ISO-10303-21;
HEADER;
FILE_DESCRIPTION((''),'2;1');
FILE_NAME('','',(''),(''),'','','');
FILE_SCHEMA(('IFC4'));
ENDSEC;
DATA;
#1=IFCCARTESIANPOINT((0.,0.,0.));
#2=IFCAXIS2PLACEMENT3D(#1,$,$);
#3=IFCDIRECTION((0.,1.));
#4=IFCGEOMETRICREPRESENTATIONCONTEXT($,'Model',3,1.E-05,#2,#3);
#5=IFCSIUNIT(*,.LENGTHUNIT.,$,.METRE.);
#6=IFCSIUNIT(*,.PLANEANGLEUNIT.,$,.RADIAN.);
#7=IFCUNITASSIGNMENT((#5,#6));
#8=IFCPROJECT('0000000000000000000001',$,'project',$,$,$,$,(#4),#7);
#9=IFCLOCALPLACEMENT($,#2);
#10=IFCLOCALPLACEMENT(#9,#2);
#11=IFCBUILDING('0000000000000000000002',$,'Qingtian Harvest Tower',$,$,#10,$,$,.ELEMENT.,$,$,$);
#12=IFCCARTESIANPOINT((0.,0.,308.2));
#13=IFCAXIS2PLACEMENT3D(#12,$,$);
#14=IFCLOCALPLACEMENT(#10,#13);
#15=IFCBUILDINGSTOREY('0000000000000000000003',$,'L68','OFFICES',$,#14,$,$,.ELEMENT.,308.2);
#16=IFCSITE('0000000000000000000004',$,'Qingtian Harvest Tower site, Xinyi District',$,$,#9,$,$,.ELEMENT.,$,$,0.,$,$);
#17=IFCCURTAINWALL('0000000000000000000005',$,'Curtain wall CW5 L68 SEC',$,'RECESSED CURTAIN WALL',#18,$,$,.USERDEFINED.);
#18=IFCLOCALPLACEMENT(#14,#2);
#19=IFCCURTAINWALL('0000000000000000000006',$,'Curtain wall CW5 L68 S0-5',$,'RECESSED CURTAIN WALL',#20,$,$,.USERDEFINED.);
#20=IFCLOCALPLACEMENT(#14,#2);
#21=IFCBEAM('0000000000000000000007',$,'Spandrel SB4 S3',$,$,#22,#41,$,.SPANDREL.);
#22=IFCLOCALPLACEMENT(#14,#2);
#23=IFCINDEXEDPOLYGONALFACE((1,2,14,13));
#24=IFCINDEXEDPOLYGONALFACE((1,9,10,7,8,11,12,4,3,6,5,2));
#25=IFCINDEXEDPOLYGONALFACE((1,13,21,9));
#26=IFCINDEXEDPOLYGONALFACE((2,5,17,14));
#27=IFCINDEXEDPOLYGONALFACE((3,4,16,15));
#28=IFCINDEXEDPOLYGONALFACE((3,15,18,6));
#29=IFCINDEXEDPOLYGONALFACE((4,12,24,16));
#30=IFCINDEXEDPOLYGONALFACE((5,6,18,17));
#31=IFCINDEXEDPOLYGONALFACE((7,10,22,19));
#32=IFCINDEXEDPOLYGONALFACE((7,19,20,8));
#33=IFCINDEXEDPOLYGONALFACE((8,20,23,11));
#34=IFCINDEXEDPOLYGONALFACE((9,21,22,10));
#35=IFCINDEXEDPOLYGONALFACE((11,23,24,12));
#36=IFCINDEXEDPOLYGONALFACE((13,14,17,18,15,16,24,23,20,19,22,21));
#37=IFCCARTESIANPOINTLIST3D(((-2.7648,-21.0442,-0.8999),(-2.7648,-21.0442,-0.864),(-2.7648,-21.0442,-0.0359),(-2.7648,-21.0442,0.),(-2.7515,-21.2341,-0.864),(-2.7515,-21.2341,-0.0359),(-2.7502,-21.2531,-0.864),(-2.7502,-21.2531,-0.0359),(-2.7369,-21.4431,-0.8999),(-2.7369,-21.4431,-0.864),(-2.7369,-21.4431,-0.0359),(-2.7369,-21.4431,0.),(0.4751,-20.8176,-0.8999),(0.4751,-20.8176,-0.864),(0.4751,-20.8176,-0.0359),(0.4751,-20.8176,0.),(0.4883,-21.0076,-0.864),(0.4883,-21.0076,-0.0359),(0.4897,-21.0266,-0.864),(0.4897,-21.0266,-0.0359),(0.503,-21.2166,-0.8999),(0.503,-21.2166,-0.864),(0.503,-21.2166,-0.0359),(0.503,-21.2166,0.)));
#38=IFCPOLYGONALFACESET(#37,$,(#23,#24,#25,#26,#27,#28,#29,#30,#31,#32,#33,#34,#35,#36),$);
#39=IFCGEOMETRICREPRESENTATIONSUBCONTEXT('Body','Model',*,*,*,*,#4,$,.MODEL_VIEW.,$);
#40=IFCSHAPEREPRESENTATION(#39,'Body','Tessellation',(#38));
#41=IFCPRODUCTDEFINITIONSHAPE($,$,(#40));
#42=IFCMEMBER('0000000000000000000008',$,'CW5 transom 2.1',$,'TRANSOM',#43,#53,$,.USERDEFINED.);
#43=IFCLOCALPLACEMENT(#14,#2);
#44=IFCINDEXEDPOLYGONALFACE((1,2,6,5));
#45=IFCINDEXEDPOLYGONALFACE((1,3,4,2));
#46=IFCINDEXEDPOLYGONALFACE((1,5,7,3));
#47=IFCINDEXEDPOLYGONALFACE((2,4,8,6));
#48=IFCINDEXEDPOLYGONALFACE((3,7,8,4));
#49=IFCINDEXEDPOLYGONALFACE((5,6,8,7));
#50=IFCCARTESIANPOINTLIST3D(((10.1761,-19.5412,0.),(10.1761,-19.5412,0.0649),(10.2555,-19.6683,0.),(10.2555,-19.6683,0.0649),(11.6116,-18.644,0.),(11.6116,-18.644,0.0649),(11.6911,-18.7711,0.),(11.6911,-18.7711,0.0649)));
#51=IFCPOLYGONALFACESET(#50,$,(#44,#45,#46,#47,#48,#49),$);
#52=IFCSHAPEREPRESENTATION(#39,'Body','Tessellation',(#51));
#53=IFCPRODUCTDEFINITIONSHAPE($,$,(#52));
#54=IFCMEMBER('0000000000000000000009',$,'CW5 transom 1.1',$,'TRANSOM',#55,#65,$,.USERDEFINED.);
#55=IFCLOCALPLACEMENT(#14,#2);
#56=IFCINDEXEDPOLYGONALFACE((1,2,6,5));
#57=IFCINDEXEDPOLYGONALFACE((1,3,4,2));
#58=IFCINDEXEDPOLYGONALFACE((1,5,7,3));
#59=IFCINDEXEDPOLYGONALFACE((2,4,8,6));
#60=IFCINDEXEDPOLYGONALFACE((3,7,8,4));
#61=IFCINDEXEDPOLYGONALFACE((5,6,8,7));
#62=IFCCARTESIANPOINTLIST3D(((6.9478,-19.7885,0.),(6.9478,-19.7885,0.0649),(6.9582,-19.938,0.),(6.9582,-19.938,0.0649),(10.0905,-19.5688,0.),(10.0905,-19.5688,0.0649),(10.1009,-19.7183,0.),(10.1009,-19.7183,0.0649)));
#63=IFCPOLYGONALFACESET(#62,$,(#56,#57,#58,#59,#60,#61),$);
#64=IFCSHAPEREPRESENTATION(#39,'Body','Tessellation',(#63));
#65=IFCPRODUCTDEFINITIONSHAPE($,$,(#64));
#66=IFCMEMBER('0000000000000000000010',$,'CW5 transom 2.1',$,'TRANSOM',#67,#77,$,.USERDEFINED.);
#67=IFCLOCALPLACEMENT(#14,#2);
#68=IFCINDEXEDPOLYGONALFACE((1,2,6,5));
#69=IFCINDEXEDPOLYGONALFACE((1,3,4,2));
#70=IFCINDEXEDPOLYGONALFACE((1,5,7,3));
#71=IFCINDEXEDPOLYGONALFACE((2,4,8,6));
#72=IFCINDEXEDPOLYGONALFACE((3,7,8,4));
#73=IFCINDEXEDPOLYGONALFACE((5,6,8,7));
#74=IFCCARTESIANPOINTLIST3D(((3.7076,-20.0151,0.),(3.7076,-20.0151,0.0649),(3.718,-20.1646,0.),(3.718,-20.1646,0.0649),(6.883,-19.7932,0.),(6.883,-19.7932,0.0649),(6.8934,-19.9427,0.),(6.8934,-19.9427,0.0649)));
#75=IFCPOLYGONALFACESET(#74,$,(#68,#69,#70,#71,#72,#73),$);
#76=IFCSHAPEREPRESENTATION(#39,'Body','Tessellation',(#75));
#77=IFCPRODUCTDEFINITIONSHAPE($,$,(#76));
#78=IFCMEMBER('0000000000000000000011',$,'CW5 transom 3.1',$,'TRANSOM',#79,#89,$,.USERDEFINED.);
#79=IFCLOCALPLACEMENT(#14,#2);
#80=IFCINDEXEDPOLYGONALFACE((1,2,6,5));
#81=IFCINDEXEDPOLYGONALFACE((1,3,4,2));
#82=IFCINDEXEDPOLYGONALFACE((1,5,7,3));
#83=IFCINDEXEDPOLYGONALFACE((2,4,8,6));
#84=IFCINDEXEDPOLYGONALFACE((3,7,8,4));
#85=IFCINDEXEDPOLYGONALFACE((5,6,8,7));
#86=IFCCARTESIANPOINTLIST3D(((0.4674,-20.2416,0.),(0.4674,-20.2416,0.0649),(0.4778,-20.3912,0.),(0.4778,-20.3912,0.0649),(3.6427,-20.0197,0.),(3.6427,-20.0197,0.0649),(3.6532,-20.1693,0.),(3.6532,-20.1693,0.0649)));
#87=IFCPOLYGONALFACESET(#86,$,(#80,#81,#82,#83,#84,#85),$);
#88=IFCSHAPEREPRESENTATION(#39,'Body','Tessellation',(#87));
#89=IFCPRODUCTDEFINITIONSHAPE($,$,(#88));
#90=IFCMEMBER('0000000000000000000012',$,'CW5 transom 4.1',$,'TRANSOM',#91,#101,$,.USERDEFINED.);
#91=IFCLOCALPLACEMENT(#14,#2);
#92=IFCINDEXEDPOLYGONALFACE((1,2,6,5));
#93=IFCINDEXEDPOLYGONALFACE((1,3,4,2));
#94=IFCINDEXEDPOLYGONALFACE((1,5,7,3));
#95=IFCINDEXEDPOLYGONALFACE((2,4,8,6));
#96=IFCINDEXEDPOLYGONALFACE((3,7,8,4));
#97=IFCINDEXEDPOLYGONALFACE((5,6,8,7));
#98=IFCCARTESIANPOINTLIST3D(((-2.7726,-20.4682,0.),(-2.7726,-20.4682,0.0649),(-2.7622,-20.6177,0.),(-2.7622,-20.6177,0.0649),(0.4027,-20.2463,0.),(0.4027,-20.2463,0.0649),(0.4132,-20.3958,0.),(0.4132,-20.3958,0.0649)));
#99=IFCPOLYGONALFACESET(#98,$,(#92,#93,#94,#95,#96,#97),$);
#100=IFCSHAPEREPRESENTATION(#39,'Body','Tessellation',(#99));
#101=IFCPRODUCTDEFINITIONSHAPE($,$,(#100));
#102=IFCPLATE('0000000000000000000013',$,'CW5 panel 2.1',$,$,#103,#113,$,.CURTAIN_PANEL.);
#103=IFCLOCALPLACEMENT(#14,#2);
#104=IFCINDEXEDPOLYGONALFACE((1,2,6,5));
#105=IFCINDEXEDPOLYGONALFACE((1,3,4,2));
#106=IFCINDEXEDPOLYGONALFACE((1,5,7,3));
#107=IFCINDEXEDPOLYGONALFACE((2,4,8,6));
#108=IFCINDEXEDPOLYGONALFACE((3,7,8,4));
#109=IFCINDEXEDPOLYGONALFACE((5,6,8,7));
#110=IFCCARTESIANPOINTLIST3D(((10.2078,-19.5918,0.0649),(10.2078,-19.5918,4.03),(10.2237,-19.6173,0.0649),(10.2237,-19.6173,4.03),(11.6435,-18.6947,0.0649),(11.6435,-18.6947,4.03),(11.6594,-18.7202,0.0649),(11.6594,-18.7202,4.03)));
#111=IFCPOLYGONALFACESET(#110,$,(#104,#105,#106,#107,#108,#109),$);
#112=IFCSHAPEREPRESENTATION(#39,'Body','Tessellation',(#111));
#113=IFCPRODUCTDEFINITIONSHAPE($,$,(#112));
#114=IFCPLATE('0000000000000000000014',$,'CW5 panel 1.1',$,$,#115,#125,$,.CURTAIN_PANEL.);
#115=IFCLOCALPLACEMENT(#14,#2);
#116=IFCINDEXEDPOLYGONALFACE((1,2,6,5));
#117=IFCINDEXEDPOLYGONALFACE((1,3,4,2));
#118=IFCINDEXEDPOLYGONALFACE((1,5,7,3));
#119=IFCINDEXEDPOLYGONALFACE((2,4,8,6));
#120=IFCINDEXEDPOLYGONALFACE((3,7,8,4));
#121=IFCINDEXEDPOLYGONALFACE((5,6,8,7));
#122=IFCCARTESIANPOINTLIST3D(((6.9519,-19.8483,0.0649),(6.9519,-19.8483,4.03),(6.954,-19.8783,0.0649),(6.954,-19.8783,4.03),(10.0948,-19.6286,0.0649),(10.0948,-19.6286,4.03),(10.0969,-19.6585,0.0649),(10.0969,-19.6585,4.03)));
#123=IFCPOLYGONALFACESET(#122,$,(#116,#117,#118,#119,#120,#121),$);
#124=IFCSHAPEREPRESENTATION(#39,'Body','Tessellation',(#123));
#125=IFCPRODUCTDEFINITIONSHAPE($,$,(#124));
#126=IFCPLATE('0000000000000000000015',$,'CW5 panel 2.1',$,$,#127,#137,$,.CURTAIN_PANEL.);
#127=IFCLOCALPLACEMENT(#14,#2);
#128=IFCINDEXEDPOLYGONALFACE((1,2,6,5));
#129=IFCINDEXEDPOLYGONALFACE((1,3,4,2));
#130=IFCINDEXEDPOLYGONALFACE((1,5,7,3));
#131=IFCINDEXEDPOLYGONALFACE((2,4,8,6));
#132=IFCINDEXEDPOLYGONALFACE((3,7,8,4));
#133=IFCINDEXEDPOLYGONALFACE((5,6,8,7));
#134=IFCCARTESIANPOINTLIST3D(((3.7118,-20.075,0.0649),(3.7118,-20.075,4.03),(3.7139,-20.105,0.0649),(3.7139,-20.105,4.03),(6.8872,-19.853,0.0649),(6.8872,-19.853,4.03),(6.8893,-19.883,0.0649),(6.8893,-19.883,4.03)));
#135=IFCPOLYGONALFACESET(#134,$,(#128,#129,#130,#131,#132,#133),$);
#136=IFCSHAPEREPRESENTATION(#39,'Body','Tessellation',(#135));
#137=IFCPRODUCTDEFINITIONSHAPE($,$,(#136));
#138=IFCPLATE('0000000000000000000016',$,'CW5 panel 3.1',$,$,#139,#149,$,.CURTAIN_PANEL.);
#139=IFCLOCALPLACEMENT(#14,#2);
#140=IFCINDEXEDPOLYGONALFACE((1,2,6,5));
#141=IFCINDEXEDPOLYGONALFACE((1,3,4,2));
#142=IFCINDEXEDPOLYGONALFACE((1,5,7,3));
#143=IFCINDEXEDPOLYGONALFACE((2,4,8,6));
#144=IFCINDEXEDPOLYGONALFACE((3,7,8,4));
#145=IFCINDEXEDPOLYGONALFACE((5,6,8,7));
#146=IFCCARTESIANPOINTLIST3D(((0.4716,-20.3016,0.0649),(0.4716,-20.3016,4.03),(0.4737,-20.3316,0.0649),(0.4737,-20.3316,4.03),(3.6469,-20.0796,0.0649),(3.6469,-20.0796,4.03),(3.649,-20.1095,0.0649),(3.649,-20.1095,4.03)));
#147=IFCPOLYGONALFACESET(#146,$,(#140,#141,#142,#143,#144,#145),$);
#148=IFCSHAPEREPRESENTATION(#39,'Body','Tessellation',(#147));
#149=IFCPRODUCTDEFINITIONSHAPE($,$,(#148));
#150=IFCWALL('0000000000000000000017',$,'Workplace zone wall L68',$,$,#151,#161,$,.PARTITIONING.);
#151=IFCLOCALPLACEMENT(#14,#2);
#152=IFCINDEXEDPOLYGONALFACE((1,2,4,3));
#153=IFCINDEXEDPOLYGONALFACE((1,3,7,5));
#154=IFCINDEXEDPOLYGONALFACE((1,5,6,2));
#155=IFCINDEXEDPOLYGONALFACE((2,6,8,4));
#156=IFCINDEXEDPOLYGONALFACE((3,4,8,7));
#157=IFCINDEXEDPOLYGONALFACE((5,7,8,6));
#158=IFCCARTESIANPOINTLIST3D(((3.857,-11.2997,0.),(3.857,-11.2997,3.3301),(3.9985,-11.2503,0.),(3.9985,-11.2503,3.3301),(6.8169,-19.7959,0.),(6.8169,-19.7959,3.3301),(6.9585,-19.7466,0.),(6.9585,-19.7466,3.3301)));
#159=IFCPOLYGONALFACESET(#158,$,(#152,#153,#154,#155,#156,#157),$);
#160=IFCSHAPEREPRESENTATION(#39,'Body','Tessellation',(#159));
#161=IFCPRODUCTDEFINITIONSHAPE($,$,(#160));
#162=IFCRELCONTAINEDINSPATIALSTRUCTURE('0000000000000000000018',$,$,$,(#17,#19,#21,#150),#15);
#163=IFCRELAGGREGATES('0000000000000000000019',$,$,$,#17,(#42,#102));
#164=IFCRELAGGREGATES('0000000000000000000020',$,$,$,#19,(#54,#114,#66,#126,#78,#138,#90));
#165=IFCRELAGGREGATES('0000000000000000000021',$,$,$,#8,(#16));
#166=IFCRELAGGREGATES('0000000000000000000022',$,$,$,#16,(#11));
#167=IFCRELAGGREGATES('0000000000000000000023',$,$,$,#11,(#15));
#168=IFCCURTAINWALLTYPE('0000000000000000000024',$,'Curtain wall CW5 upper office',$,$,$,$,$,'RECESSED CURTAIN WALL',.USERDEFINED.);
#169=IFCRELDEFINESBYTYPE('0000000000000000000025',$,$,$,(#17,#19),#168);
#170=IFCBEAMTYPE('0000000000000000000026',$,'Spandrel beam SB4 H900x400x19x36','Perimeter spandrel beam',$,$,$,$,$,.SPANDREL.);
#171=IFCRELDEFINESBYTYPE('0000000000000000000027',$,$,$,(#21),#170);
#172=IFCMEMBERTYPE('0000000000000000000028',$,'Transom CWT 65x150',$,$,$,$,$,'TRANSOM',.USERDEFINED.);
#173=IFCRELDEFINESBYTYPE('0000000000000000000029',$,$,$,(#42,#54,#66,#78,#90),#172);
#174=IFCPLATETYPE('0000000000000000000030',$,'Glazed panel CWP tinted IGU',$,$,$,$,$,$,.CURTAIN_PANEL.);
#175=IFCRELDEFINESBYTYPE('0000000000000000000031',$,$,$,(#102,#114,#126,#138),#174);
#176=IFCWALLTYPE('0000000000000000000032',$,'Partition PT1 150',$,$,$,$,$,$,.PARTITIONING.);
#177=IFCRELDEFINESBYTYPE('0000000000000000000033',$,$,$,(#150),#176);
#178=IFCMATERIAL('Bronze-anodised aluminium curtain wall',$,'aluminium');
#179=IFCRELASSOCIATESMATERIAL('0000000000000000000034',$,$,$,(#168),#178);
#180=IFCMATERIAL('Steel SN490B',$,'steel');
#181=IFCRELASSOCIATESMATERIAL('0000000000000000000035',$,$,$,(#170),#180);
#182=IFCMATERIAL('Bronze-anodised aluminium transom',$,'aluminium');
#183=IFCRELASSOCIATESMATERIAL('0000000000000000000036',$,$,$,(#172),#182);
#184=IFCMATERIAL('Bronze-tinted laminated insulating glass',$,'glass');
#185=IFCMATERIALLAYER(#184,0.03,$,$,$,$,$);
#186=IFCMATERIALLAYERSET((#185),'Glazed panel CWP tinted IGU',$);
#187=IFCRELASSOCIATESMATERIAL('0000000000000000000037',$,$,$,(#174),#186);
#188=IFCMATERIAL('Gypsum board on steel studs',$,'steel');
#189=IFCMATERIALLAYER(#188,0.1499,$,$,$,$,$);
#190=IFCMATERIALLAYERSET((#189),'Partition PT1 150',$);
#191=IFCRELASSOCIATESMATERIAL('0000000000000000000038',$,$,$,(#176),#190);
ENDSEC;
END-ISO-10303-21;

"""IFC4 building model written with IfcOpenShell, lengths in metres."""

from ifc_helpers import new_model, si_unit, direction, frame, frame_2d, origin, origin_2d, place, context, subcontext, project, spatial, rectangle, i_section, extrude, material, layer, layer_set, material_profile, profile_set, type_object, element, aggregate, save


model = new_model("IFC4")

# Units and contexts
model_context = context("Model", 3, precision=1e-05, world=origin(), true_north=direction((0.0, 1.0)))
body_context = subcontext(model_context, "Body", "Model", "MODEL_VIEW")
ifc_project = project(units=[si_unit("LENGTHUNIT", "METRE"), si_unit("PLANEANGLEUNIT", "RADIAN")], contexts=[model_context])

# Site, building, storey
site_placement = place(None, origin())
site = spatial("IfcSite", under=ifc_project, at=site_placement, Name="Qingtian Harvest Tower site, Xinyi District", CompositionType="ELEMENT", RefElevation=0.0)
building_placement = place(site_placement, origin())
building = spatial("IfcBuilding", under=site, at=building_placement, Name="Qingtian Harvest Tower", CompositionType="ELEMENT")
storey_placement = place(building_placement, frame((0.0, 0.0, 308.2)))
storey = spatial("IfcBuildingStorey", under=building, at=storey_placement, Name="L68", Description="OFFICES", CompositionType="ELEMENT", Elevation=308.2)

# Curtain wall
ifc_material_1 = material(Name="Bronze-anodised aluminium curtain wall", Category="aluminium")
curtain_wall_type = type_object("IfcCurtainWallType", Name="Curtain wall CW5 upper office", ElementType="RECESSED CURTAIN WALL", PredefinedType="USERDEFINED", material=ifc_material_1)
curtain_wall_1_placement = place(storey_placement, origin())
curtain_wall_1 = element("IfcCurtainWall", 1, at=curtain_wall_1_placement, inside=storey, type_object=curtain_wall_type, Name="Curtain wall CW5 L68 SEC", ObjectType="RECESSED CURTAIN WALL", PredefinedType="USERDEFINED")

# Curtain wall
curtain_wall_2_placement = place(storey_placement, origin())
curtain_wall_2 = element("IfcCurtainWall", 2, at=curtain_wall_2_placement, inside=storey, type_object=curtain_wall_type, Name="Curtain wall CW5 L68 S0-5", ObjectType="RECESSED CURTAIN WALL", PredefinedType="USERDEFINED")

# Beam
ifc_material_2 = material(Name="Steel SN490B", Category="steel")
ifc_material_profile_1 = material_profile(ifc_material_2, i_section(OverallWidth=0.3999, OverallDepth=0.8999, WebThickness=0.019, FlangeThickness=0.0359, at=origin_2d()), Name="H900x400x19x36")
ifc_profile_set_1 = profile_set([ifc_material_profile_1], Name="Steel SN490B")
beam_type_1 = type_object("IfcBeamType", Name="Spandrel beam SB4 H900x400x19x36", Description="Perimeter spandrel beam", PredefinedType="SPANDREL", material=ifc_profile_set_1)
beam_1_placement = place(storey_placement, frame((0.489, -21.0171, -0.45), z_axis=(-0.997564, -0.069757, 0.0), x_axis=(0.069757, -0.997564, 0.0)))
element("IfcBeam", 3, at=beam_1_placement, inside=storey, type_object=beam_type_1, Name="Spandrel SB4 S3", PredefinedType="SPANDREL", context=body_context, shape_type="SweptSolid", body=[
    extrude(i_section(OverallWidth=0.3999, OverallDepth=0.8999, WebThickness=0.019, FlangeThickness=0.0359, at=origin_2d()), origin(), (0.0, 0.0, 1.0), 3.2478),
])

# Members
ifc_material_3 = material(Name="Bronze-anodised aluminium transom", Category="aluminium")
ifc_material_profile_2 = material_profile(ifc_material_3, rectangle(XDim=0.1499, YDim=0.0649, at=origin_2d()), Name="AL 65x150")
ifc_profile_set_2 = profile_set([ifc_material_profile_2], Name="Bronze-anodised aluminium transom")
member_type_1 = type_object("IfcMemberType", Name="Transom CWT 65x150", ElementType="TRANSOM", PredefinedType="USERDEFINED", material=ifc_profile_set_2)
member_1_placement = place(storey_placement, frame((11.6514, -18.7075, 0.0325), z_axis=(-0.847998, -0.529999, 0.0), x_axis=(0.529999, -0.847998, 0.0)))
member_1 = element("IfcMember", 4, at=member_1_placement, type_object=member_type_1, Name="CW5 transom 2.1", ObjectType="TRANSOM", PredefinedType="USERDEFINED", context=body_context, shape_type="SweptSolid", body=[
    extrude(rectangle(XDim=0.1499, YDim=0.0649, at=origin_2d()), origin(), (0.0, 0.0, 1.0), 1.6929),
])
member_2_placement = place(storey_placement, frame((10.0957, -19.6436, 0.0325), z_axis=(-0.997565, -0.069744, 0.0), x_axis=(0.069744, -0.997565, 0.0)))
member_2 = element("IfcMember", 5, at=member_2_placement, type_object=member_type_1, Name="CW5 transom 1.1", ObjectType="TRANSOM", PredefinedType="USERDEFINED", context=body_context, shape_type="SweptSolid", body=[
    extrude(rectangle(XDim=0.1499, YDim=0.0649, at=origin_2d()), origin(), (0.0, 0.0, 1.0), 3.1504),
])
member_3_placement = place(storey_placement, frame((6.8882, -19.8679, 0.0325), z_axis=(-0.997567, -0.069721, 0.0), x_axis=(0.069721, -0.997567, 0.0)))
member_3 = element("IfcMember", 6, at=member_3_placement, type_object=member_type_1, Name="CW5 transom 2.1", ObjectType="TRANSOM", PredefinedType="USERDEFINED", context=body_context, shape_type="SweptSolid", body=[
    extrude(rectangle(XDim=0.1499, YDim=0.0649, at=origin_2d()), origin(), (0.0, 0.0, 1.0), 3.1831),
])
member_4_placement = place(storey_placement, frame((3.6479, -20.0945, 0.0325), z_axis=(-0.997567, -0.069721, 0.0), x_axis=(0.069721, -0.997567, 0.0)))
member_4 = element("IfcMember", 7, at=member_4_placement, type_object=member_type_1, Name="CW5 transom 3.1", ObjectType="TRANSOM", PredefinedType="USERDEFINED", context=body_context, shape_type="SweptSolid", body=[
    extrude(rectangle(XDim=0.1499, YDim=0.0649, at=origin_2d()), origin(), (0.0, 0.0, 1.0), 3.1831),
])
member_5_placement = place(storey_placement, frame((0.408, -20.321, 0.0325), z_axis=(-0.997567, -0.069721, 0.0), x_axis=(0.069721, -0.997567, 0.0)))
member_5 = element("IfcMember", 8, at=member_5_placement, type_object=member_type_1, Name="CW5 transom 4.1", ObjectType="TRANSOM", PredefinedType="USERDEFINED", context=body_context, shape_type="SweptSolid", body=[
    extrude(rectangle(XDim=0.1499, YDim=0.0649, at=origin_2d()), origin(), (0.0, 0.0, 1.0), 3.1831),
])

# Plates
ifc_material_4 = material(Name="Bronze-tinted laminated insulating glass", Category="glass")
ifc_layer_1 = layer(ifc_material_4, 0.03)
ifc_layer_set_1 = layer_set([ifc_layer_1], Name="Glazed panel CWP tinted IGU")
plate_type = type_object("IfcPlateType", Name="Glazed panel CWP tinted IGU", PredefinedType="CURTAIN_PANEL", material=ifc_layer_set_1)
plate_1_placement = place(storey_placement, frame((10.9336, -19.156, 0.0649), z_axis=(0.0, 0.0, 1.0), x_axis=(-0.848048, -0.529919, 0.0)))
plate_1 = element("IfcPlate", 9, at=plate_1_placement, type_object=plate_type, Name="CW5 panel 2.1", PredefinedType="CURTAIN_PANEL", context=body_context, shape_type="SweptSolid", body=[
    extrude(rectangle(XDim=1.6929, YDim=0.03, at=origin_2d()), origin(), (0.0, 0.0, 1.0), 3.9651),
])
aggregate(curtain_wall_1, [member_1, plate_1])
plate_2_placement = place(storey_placement, frame((8.5244, -19.7534, 0.0649), z_axis=(0.0, 0.0, 1.0), x_axis=(-0.997564, -0.069756, 0.0)))
plate_2 = element("IfcPlate", 10, at=plate_2_placement, type_object=plate_type, Name="CW5 panel 1.1", PredefinedType="CURTAIN_PANEL", context=body_context, shape_type="SweptSolid", body=[
    extrude(rectangle(XDim=3.1506, YDim=0.03, at=origin_2d()), origin(), (0.0, 0.0, 1.0), 3.9651),
])
plate_3_placement = place(storey_placement, frame((5.3005, -19.979, 0.0649), z_axis=(0.0, 0.0, 1.0), x_axis=(-0.997564, -0.069756, 0.0)))
plate_3 = element("IfcPlate", 11, at=plate_3_placement, type_object=plate_type, Name="CW5 panel 2.1", PredefinedType="CURTAIN_PANEL", context=body_context, shape_type="SweptSolid", body=[
    extrude(rectangle(XDim=3.1831, YDim=0.03, at=origin_2d()), origin(), (0.0, 0.0, 1.0), 3.9651),
])
plate_4_placement = place(storey_placement, frame((2.0603, -20.2056, 0.0649), z_axis=(0.0, 0.0, 1.0), x_axis=(-0.997564, -0.069756, 0.0)))
plate_4 = element("IfcPlate", 12, at=plate_4_placement, type_object=plate_type, Name="CW5 panel 3.1", PredefinedType="CURTAIN_PANEL", context=body_context, shape_type="SweptSolid", body=[
    extrude(rectangle(XDim=3.1831, YDim=0.03, at=origin_2d()), origin(), (0.0, 0.0, 1.0), 3.9651),
])
aggregate(curtain_wall_2, [member_2, plate_2, member_3, plate_3, member_4, plate_4, member_5])

# Wall
ifc_material_5 = material(Name="Gypsum board on steel studs", Category="steel")
ifc_layer_2 = layer(ifc_material_5, 0.1499)
ifc_layer_set_2 = layer_set([ifc_layer_2], Name="Partition PT1 150")
wall_type = type_object("IfcWallType", Name="Partition PT1 150", PredefinedType="PARTITIONING", material=ifc_layer_set_2)
wall_placement = place(storey_placement, frame((6.8877, -19.7712, 0.0), z_axis=(0.0, 0.0, 1.0), x_axis=(-0.328988, 0.944334, 0.0)))
element("IfcWall", 13, at=wall_placement, inside=storey, type_object=wall_type, Name="Workplace zone wall L68", PredefinedType="PARTITIONING", context=body_context, shape_type="SweptSolid", body=[
    extrude(rectangle(XDim=8.9971, YDim=0.1499, at=frame_2d((4.4985, 0.0))), origin(), (0.0, 0.0, 1.0), 3.3301),
])

save(model, "model.ifc")
